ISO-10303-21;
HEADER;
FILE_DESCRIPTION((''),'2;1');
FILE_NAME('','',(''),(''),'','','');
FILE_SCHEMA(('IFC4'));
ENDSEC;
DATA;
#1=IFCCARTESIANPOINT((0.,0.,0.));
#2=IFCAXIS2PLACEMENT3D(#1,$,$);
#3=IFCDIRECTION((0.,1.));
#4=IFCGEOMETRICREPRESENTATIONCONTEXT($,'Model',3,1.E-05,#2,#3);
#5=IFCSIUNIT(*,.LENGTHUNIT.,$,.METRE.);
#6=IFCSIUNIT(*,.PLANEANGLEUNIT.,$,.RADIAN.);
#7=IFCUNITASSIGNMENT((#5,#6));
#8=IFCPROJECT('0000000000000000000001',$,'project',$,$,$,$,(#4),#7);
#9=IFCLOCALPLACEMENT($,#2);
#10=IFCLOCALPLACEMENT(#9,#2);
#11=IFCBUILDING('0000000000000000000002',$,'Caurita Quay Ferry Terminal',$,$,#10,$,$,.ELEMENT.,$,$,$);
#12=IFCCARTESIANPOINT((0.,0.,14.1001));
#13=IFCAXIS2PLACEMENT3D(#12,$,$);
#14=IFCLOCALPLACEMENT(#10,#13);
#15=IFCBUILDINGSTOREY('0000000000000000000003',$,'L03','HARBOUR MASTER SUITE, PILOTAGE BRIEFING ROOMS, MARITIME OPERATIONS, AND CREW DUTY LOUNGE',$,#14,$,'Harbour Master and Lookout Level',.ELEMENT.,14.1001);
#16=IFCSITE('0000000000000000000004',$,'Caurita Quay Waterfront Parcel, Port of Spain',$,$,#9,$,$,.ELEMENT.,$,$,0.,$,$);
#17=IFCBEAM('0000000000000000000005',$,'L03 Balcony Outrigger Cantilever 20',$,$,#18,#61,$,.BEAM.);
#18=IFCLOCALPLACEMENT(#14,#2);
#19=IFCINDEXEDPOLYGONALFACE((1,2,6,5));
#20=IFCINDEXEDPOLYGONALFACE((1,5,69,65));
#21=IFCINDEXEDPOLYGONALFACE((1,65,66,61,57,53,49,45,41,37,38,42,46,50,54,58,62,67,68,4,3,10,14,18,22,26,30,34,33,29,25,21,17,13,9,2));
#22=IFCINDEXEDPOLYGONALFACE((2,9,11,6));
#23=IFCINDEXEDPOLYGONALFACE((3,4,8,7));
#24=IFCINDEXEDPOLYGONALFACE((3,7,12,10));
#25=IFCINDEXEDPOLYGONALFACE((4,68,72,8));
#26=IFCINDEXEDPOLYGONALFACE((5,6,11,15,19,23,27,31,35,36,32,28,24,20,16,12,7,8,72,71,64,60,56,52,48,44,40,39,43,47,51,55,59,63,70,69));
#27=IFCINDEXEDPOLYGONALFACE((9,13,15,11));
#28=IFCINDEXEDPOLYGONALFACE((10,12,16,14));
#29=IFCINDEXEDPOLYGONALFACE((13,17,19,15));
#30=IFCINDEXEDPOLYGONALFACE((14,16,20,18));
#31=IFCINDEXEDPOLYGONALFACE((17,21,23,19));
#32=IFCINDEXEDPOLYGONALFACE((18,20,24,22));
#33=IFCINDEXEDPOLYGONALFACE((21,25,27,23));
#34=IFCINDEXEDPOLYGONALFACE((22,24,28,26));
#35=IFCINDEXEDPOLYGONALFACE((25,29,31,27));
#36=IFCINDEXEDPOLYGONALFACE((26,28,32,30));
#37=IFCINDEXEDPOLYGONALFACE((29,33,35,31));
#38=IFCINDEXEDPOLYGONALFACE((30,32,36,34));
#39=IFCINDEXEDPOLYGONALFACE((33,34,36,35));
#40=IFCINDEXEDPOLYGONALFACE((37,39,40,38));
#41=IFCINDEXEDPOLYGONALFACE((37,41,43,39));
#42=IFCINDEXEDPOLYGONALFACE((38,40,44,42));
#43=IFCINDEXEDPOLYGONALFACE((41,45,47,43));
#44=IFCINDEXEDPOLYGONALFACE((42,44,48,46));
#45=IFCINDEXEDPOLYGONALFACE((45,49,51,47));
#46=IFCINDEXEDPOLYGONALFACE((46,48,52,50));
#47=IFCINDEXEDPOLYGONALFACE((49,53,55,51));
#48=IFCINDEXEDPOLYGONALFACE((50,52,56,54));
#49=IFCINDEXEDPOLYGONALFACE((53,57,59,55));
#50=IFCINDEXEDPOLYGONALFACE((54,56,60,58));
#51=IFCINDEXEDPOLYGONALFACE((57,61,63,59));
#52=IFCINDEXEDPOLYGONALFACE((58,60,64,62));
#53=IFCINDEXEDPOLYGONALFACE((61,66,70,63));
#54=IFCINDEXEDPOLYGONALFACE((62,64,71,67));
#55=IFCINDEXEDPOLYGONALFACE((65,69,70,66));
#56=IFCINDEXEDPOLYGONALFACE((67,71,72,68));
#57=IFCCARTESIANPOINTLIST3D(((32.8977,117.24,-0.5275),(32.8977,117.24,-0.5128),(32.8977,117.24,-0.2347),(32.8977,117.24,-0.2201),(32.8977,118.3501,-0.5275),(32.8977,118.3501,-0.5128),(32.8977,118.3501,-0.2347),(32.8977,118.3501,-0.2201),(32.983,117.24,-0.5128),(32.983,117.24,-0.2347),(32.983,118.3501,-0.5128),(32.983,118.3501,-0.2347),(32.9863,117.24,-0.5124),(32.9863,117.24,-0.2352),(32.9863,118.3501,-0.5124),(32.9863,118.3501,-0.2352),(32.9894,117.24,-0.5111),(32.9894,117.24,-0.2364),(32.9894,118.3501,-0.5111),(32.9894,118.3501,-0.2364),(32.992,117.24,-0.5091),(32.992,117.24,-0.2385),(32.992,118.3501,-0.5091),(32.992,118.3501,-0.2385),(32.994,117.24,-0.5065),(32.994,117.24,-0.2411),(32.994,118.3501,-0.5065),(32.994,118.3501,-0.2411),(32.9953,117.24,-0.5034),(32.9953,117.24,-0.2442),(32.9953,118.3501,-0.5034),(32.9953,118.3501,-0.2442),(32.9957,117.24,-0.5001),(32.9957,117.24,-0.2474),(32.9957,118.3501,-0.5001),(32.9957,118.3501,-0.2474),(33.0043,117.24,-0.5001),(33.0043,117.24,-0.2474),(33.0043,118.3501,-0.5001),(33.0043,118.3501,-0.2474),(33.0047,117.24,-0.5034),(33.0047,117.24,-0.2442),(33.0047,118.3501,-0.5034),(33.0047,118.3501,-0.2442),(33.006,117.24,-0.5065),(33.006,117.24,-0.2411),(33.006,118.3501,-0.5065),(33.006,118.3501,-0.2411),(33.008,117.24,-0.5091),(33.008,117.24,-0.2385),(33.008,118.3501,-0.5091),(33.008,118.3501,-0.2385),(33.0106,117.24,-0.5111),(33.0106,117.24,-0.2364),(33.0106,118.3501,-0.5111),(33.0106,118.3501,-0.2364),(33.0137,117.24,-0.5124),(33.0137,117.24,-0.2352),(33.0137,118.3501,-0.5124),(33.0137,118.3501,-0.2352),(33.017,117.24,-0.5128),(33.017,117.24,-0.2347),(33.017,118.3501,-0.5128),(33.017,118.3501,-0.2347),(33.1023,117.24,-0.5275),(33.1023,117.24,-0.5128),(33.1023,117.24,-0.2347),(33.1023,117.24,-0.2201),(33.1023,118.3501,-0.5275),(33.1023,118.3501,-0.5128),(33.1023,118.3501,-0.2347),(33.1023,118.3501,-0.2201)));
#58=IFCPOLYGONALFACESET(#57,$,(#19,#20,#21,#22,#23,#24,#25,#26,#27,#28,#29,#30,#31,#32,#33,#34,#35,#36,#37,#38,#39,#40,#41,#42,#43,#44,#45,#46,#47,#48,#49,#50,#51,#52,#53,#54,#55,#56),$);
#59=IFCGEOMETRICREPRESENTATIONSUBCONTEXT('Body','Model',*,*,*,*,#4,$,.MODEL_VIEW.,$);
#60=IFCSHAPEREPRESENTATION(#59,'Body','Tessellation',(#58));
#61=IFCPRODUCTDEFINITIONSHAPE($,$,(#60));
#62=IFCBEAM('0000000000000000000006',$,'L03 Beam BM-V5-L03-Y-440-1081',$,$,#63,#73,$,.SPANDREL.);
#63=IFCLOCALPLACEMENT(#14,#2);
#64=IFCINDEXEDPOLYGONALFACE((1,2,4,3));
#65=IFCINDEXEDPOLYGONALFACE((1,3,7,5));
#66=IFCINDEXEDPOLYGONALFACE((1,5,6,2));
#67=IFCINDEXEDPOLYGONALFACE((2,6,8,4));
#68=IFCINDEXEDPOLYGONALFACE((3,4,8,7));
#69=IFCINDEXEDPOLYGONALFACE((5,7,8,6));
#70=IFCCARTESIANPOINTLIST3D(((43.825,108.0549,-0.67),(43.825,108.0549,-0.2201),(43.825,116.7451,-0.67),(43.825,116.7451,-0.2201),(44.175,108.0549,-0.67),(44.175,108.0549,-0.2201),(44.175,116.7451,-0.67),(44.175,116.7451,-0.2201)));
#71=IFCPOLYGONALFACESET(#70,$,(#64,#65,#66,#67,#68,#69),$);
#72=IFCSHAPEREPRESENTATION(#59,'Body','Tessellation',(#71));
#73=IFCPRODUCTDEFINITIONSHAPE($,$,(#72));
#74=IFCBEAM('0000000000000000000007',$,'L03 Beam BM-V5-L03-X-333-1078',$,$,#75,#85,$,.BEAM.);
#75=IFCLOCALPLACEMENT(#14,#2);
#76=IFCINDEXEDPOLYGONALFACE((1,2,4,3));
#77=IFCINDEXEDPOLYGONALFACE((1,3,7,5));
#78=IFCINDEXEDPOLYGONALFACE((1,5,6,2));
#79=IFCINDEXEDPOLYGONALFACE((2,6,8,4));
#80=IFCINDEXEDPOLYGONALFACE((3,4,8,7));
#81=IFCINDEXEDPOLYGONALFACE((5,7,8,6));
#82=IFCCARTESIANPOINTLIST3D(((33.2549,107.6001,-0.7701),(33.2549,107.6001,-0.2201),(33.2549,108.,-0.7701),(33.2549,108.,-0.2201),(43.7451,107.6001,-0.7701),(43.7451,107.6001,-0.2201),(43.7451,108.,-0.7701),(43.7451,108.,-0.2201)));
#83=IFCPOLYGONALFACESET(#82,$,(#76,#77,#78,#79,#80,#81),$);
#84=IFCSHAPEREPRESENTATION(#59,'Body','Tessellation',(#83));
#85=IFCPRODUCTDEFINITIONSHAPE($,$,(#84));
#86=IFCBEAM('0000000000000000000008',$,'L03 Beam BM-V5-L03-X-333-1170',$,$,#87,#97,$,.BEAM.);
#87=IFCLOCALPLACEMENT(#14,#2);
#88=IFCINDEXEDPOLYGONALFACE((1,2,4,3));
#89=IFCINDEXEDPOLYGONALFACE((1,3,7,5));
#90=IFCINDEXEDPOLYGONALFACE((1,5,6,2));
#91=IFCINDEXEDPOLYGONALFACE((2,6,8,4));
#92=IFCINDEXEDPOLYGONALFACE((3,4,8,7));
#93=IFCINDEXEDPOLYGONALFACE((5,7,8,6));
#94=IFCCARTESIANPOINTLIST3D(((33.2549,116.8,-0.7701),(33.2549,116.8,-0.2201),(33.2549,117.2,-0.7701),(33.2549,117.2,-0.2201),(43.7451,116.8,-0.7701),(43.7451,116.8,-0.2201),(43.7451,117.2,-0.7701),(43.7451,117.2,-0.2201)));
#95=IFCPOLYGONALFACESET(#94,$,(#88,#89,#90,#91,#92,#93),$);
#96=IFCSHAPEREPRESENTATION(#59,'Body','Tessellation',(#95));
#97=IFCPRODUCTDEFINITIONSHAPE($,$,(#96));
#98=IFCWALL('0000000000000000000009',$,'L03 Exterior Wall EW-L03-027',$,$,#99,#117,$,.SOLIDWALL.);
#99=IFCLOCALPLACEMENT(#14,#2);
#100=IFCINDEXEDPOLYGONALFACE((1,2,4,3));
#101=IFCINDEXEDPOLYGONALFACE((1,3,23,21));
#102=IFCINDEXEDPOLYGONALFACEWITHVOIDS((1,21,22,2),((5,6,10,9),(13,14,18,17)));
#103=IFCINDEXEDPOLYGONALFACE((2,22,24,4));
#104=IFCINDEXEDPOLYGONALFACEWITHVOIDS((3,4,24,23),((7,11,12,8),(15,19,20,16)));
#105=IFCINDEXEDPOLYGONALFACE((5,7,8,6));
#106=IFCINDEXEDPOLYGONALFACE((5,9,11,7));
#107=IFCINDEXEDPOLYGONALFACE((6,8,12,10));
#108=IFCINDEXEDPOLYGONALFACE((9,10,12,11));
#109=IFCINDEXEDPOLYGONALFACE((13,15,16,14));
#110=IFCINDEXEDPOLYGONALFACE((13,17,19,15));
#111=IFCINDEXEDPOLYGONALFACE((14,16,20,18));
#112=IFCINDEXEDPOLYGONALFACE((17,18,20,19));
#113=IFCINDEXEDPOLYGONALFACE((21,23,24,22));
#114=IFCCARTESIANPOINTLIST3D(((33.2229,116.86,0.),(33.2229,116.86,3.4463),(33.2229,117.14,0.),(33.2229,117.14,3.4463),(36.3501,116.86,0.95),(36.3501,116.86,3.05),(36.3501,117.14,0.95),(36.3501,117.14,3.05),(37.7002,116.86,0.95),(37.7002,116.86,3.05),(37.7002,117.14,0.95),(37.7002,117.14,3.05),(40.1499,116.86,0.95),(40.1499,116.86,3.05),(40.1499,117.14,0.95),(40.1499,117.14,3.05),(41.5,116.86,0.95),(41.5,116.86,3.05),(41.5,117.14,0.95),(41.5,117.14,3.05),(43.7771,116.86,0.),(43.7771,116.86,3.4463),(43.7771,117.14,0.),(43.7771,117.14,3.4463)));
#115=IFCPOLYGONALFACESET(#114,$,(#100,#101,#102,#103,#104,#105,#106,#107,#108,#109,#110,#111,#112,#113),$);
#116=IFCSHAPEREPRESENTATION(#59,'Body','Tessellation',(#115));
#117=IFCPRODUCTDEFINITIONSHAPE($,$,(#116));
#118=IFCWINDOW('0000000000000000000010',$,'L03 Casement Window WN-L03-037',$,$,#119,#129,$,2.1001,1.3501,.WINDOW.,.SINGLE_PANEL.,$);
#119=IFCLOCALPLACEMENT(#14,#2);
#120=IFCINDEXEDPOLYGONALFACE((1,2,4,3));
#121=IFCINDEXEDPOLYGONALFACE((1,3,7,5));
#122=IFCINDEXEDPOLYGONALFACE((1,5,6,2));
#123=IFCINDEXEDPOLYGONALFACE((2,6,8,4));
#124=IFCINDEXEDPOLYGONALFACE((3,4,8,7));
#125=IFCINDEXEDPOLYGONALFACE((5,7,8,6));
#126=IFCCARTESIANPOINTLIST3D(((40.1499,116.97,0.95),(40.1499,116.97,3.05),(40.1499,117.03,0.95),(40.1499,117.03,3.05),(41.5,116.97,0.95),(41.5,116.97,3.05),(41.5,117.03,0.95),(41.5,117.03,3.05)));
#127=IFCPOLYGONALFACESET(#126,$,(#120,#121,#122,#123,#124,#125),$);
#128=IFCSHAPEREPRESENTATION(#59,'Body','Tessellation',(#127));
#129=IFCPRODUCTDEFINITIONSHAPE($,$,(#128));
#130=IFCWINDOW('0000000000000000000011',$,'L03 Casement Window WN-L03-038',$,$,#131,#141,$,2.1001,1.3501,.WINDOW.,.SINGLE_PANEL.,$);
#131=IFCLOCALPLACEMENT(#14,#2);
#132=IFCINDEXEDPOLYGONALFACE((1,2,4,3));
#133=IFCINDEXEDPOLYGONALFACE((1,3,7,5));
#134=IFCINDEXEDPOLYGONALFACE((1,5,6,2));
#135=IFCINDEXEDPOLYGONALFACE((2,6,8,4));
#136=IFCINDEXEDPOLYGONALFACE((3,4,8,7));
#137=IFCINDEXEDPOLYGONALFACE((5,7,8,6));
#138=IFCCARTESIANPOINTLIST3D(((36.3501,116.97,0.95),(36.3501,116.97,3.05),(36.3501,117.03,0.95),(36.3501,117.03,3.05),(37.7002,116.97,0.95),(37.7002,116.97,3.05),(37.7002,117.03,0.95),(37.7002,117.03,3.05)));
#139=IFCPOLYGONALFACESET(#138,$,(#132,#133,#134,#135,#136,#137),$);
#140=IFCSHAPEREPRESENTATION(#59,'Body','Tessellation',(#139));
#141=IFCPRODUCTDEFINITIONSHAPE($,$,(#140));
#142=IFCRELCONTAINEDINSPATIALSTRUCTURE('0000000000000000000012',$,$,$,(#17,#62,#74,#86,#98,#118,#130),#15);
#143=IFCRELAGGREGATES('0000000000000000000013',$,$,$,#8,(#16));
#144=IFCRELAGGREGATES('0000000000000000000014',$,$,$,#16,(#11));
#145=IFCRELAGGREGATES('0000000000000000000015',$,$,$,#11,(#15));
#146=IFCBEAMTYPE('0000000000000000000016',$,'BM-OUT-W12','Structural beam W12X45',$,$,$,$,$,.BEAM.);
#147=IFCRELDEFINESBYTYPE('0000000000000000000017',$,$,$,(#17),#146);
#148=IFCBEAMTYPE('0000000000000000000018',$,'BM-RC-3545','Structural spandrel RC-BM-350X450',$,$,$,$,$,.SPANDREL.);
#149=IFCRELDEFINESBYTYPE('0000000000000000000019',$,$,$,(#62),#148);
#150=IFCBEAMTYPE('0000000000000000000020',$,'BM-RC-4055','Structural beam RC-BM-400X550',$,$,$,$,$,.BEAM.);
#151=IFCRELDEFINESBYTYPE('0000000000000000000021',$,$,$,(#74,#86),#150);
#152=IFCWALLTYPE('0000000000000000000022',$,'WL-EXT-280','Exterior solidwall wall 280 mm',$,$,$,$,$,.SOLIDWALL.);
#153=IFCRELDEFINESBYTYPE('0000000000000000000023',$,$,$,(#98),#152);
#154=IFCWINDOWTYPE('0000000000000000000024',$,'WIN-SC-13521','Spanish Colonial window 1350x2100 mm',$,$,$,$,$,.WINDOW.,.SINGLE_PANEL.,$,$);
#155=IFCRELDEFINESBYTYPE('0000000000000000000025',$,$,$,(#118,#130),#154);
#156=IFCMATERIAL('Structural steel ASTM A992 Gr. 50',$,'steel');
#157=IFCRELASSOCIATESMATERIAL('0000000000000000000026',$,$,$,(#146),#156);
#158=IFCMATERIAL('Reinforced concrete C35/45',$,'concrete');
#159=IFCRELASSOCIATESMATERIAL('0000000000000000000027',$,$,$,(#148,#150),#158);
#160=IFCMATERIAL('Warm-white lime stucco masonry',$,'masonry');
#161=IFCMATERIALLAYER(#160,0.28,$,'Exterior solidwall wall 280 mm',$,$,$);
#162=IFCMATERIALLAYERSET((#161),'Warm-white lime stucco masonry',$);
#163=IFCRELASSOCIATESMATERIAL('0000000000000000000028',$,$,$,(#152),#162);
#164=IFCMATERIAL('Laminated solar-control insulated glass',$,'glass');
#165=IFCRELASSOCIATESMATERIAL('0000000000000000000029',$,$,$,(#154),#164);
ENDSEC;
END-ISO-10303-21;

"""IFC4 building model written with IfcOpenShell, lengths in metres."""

from ifc_helpers import new_model, si_unit, direction, frame, frame_2d, origin, origin_2d, place, context, subcontext, project, spatial, rectangle, i_section, extrude, material, layer, layer_set, material_profile, profile_set, type_object, element, fill, save


model = new_model("IFC4")

# Units and contexts
model_context = context("Model", 3, precision=1e-05, world=origin(), true_north=direction((0.0, 1.0)))
body_context = subcontext(model_context, "Body", "Model", "MODEL_VIEW")
ifc_project = project(units=[si_unit("LENGTHUNIT", "METRE"), si_unit("PLANEANGLEUNIT", "RADIAN")], contexts=[model_context])

# Site, building, storey
site_placement = place(None, origin())
site = spatial("IfcSite", under=ifc_project, at=site_placement, Name="Caurita Quay Waterfront Parcel, Port of Spain", CompositionType="ELEMENT", RefElevation=0.0)
building_placement = place(site_placement, origin())
building = spatial("IfcBuilding", under=site, at=building_placement, Name="Caurita Quay Ferry Terminal", CompositionType="ELEMENT")
storey_placement = place(building_placement, frame((0.0, 0.0, 14.1001)))
storey = spatial("IfcBuildingStorey", under=building, at=storey_placement, Name="L03", Description="HARBOUR MASTER SUITE, PILOTAGE BRIEFING ROOMS, MARITIME OPERATIONS, AND CREW DUTY LOUNGE", LongName="Harbour Master and Lookout Level", CompositionType="ELEMENT", Elevation=14.1001)

# Shared definitions
ifc_material_1 = material(Name="Reinforced concrete C35/45", Category="concrete")

# Beams
ifc_material_2 = material(Name="Structural steel ASTM A992 Gr. 50", Category="steel")
ifc_material_profile_1 = material_profile(ifc_material_2, i_section(OverallWidth=0.2046, OverallDepth=0.3074, WebThickness=0.0085, FlangeThickness=0.0146, FilletRadius=0.0127, at=origin_2d()), Name="W12X45")
ifc_profile_set_1 = profile_set([ifc_material_profile_1], Name="Structural steel ASTM A992 Gr. 50")
beam_type_1 = type_object("IfcBeamType", Name="BM-OUT-W12", Description="Structural beam W12X45", PredefinedType="BEAM", material=ifc_profile_set_1)
beam_1_placement = place(storey_placement, frame((33.0, 117.24, -0.3738), z_axis=(0.0, 1.0, 0.0), x_axis=(-1.0, 0.0, 0.0)))
element("IfcBeam", 1, at=beam_1_placement, inside=storey, type_object=beam_type_1, Name="L03 Balcony Outrigger Cantilever 20", PredefinedType="BEAM", context=body_context, shape_type="SweptSolid", body=[
    extrude(i_section(OverallWidth=0.2046, OverallDepth=0.3074, WebThickness=0.0085, FlangeThickness=0.0146, FilletRadius=0.0127, at=origin_2d()), origin(), (0.0, 0.0, 1.0), 1.1101),
])
ifc_material_profile_2 = material_profile(ifc_material_1, rectangle(XDim=0.3501, YDim=0.45, at=origin_2d()), Name="RC-BM-350X450")
ifc_profile_set_2 = profile_set([ifc_material_profile_2], Name="Reinforced concrete C35/45")
beam_type_2 = type_object("IfcBeamType", Name="BM-RC-3545", Description="Structural spandrel RC-BM-350X450", PredefinedType="SPANDREL", material=ifc_profile_set_2)
beam_2_placement = place(storey_placement, frame((44.0, 108.0549, -0.4451), z_axis=(0.0, 1.0, 0.0), x_axis=(-1.0, 0.0, 0.0)))
element("IfcBeam", 2, at=beam_2_placement, inside=storey, type_object=beam_type_2, Name="L03 Beam BM-V5-L03-Y-440-1081", PredefinedType="SPANDREL", context=body_context, shape_type="SweptSolid", body=[
    extrude(rectangle(XDim=0.3501, YDim=0.45, at=origin_2d()), origin(), (0.0, 0.0, 1.0), 8.6902),
])
ifc_material_profile_3 = material_profile(ifc_material_1, rectangle(XDim=0.3999, YDim=0.55, at=origin_2d()), Name="RC-BM-400X550")
ifc_profile_set_3 = profile_set([ifc_material_profile_3], Name="Reinforced concrete C35/45")
beam_type_3 = type_object("IfcBeamType", Name="BM-RC-4055", Description="Structural beam RC-BM-400X550", PredefinedType="BEAM", material=ifc_profile_set_3)
for number, where, z_axis, x_axis, name in (
    (3, (33.2549, 107.8, -0.4951), (1.0, 0.0, 0.0), (0.0, 1.0, 0.0), "L03 Beam BM-V5-L03-X-333-1078"),
    (4, (33.2549, 117.0, -0.4951), (1.0, 0.0, 0.0), (0.0, 1.0, 0.0), "L03 Beam BM-V5-L03-X-333-1170"),
):
    element("IfcBeam", number, at=place(storey_placement, frame(where, z_axis=z_axis, x_axis=x_axis)), inside=storey, type_object=beam_type_3, Name=name, PredefinedType="BEAM", context=body_context, shape_type="SweptSolid", body=[
        extrude(rectangle(XDim=0.3999, YDim=0.55, at=origin_2d()), origin(), (0.0, 0.0, 1.0), 10.4902),
    ])

# Wall, openings, windows
ifc_material_3 = material(Name="Warm-white lime stucco masonry", Category="masonry")
ifc_layer_1 = layer(ifc_material_3, 0.28, Name="Exterior solidwall wall 280 mm")
ifc_layer_set_1 = layer_set([ifc_layer_1], Name="Warm-white lime stucco masonry")
wall_type_1 = type_object("IfcWallType", Name="WL-EXT-280", Description="Exterior solidwall wall 280 mm", PredefinedType="SOLIDWALL", material=ifc_layer_set_1)
wall_1_placement = place(storey_placement, frame((43.7771, 117.0, 0.0), z_axis=(0.0, 0.0, 1.0), x_axis=(-1.0, 0.0, 0.0)))
wall_1 = element("IfcWall", 5, at=wall_1_placement, inside=storey, type_object=wall_type_1, Name="L03 Exterior Wall EW-L03-027", PredefinedType="SOLIDWALL", context=body_context, shape_type="SweptSolid", body=[
    extrude(rectangle(XDim=10.5542, YDim=0.28, at=frame_2d((5.2771, 0.0))), origin(), (0.0, 0.0, 1.0), 3.4463),
])
opening_1_placement = place(wall_1_placement, frame((2.2771, 0.0, 0.95)))
opening_1 = element("IfcOpeningElement", 6, at=opening_1_placement, cuts=wall_1, PredefinedType="OPENING", context=body_context, shape_type="SweptSolid", body=[
    extrude(rectangle(XDim=1.3501, YDim=2.1001, at=frame_2d((0.675, 1.05))), frame((0.0, 0.1499, 0.0), z_axis=(0.0, -1.0, 0.0), x_axis=(1.0, 0.0, 0.0)), (0.0, 0.0, 1.0), 0.3),
])
opening_2_placement = place(wall_1_placement, frame((6.0769, 0.0, 0.95)))
opening_2 = element("IfcOpeningElement", 7, at=opening_2_placement, cuts=wall_1, PredefinedType="OPENING", context=body_context, shape_type="SweptSolid", body=[
    extrude(rectangle(XDim=1.3501, YDim=2.1001, at=frame_2d((0.675, 1.05))), frame((0.0, 0.1499, 0.0), z_axis=(0.0, -1.0, 0.0), x_axis=(1.0, 0.0, 0.0)), (0.0, 0.0, 1.0), 0.3),
])
ifc_material_4 = material(Name="Laminated solar-control insulated glass", Category="glass")
window_type_1 = type_object("IfcWindowType", Name="WIN-SC-13521", Description="Spanish Colonial window 1350x2100 mm", PartitioningType="SINGLE_PANEL", PredefinedType="WINDOW", material=ifc_material_4)
window_1_placement = place(opening_1_placement, origin())
window_1 = element("IfcWindow", 8, at=window_1_placement, inside=storey, type_object=window_type_1, Name="L03 Casement Window WN-L03-037", OverallHeight=2.1001, OverallWidth=1.3501, PartitioningType="SINGLE_PANEL", PredefinedType="WINDOW", context=body_context, shape_type="SweptSolid", body=[
    extrude(rectangle(XDim=1.3501, YDim=2.1001, at=frame_2d((0.675, 1.05))), frame((0.0, 0.03, 0.0), z_axis=(0.0, -1.0, 0.0), x_axis=(1.0, 0.0, 0.0)), (0.0, 0.0, 1.0), 0.0601),
])
fill(opening_1, window_1)
window_2_placement = place(opening_2_placement, origin())
window_2 = element("IfcWindow", 9, at=window_2_placement, inside=storey, type_object=window_type_1, Name="L03 Casement Window WN-L03-038", OverallHeight=2.1001, OverallWidth=1.3501, PartitioningType="SINGLE_PANEL", PredefinedType="WINDOW", context=body_context, shape_type="SweptSolid", body=[
    extrude(rectangle(XDim=1.3501, YDim=2.1001, at=frame_2d((0.675, 1.05))), frame((0.0, 0.03, 0.0), z_axis=(0.0, -1.0, 0.0), x_axis=(1.0, 0.0, 0.0)), (0.0, 0.0, 1.0), 0.0601),
])
fill(opening_2, window_2)

save(model, "model.ifc")
